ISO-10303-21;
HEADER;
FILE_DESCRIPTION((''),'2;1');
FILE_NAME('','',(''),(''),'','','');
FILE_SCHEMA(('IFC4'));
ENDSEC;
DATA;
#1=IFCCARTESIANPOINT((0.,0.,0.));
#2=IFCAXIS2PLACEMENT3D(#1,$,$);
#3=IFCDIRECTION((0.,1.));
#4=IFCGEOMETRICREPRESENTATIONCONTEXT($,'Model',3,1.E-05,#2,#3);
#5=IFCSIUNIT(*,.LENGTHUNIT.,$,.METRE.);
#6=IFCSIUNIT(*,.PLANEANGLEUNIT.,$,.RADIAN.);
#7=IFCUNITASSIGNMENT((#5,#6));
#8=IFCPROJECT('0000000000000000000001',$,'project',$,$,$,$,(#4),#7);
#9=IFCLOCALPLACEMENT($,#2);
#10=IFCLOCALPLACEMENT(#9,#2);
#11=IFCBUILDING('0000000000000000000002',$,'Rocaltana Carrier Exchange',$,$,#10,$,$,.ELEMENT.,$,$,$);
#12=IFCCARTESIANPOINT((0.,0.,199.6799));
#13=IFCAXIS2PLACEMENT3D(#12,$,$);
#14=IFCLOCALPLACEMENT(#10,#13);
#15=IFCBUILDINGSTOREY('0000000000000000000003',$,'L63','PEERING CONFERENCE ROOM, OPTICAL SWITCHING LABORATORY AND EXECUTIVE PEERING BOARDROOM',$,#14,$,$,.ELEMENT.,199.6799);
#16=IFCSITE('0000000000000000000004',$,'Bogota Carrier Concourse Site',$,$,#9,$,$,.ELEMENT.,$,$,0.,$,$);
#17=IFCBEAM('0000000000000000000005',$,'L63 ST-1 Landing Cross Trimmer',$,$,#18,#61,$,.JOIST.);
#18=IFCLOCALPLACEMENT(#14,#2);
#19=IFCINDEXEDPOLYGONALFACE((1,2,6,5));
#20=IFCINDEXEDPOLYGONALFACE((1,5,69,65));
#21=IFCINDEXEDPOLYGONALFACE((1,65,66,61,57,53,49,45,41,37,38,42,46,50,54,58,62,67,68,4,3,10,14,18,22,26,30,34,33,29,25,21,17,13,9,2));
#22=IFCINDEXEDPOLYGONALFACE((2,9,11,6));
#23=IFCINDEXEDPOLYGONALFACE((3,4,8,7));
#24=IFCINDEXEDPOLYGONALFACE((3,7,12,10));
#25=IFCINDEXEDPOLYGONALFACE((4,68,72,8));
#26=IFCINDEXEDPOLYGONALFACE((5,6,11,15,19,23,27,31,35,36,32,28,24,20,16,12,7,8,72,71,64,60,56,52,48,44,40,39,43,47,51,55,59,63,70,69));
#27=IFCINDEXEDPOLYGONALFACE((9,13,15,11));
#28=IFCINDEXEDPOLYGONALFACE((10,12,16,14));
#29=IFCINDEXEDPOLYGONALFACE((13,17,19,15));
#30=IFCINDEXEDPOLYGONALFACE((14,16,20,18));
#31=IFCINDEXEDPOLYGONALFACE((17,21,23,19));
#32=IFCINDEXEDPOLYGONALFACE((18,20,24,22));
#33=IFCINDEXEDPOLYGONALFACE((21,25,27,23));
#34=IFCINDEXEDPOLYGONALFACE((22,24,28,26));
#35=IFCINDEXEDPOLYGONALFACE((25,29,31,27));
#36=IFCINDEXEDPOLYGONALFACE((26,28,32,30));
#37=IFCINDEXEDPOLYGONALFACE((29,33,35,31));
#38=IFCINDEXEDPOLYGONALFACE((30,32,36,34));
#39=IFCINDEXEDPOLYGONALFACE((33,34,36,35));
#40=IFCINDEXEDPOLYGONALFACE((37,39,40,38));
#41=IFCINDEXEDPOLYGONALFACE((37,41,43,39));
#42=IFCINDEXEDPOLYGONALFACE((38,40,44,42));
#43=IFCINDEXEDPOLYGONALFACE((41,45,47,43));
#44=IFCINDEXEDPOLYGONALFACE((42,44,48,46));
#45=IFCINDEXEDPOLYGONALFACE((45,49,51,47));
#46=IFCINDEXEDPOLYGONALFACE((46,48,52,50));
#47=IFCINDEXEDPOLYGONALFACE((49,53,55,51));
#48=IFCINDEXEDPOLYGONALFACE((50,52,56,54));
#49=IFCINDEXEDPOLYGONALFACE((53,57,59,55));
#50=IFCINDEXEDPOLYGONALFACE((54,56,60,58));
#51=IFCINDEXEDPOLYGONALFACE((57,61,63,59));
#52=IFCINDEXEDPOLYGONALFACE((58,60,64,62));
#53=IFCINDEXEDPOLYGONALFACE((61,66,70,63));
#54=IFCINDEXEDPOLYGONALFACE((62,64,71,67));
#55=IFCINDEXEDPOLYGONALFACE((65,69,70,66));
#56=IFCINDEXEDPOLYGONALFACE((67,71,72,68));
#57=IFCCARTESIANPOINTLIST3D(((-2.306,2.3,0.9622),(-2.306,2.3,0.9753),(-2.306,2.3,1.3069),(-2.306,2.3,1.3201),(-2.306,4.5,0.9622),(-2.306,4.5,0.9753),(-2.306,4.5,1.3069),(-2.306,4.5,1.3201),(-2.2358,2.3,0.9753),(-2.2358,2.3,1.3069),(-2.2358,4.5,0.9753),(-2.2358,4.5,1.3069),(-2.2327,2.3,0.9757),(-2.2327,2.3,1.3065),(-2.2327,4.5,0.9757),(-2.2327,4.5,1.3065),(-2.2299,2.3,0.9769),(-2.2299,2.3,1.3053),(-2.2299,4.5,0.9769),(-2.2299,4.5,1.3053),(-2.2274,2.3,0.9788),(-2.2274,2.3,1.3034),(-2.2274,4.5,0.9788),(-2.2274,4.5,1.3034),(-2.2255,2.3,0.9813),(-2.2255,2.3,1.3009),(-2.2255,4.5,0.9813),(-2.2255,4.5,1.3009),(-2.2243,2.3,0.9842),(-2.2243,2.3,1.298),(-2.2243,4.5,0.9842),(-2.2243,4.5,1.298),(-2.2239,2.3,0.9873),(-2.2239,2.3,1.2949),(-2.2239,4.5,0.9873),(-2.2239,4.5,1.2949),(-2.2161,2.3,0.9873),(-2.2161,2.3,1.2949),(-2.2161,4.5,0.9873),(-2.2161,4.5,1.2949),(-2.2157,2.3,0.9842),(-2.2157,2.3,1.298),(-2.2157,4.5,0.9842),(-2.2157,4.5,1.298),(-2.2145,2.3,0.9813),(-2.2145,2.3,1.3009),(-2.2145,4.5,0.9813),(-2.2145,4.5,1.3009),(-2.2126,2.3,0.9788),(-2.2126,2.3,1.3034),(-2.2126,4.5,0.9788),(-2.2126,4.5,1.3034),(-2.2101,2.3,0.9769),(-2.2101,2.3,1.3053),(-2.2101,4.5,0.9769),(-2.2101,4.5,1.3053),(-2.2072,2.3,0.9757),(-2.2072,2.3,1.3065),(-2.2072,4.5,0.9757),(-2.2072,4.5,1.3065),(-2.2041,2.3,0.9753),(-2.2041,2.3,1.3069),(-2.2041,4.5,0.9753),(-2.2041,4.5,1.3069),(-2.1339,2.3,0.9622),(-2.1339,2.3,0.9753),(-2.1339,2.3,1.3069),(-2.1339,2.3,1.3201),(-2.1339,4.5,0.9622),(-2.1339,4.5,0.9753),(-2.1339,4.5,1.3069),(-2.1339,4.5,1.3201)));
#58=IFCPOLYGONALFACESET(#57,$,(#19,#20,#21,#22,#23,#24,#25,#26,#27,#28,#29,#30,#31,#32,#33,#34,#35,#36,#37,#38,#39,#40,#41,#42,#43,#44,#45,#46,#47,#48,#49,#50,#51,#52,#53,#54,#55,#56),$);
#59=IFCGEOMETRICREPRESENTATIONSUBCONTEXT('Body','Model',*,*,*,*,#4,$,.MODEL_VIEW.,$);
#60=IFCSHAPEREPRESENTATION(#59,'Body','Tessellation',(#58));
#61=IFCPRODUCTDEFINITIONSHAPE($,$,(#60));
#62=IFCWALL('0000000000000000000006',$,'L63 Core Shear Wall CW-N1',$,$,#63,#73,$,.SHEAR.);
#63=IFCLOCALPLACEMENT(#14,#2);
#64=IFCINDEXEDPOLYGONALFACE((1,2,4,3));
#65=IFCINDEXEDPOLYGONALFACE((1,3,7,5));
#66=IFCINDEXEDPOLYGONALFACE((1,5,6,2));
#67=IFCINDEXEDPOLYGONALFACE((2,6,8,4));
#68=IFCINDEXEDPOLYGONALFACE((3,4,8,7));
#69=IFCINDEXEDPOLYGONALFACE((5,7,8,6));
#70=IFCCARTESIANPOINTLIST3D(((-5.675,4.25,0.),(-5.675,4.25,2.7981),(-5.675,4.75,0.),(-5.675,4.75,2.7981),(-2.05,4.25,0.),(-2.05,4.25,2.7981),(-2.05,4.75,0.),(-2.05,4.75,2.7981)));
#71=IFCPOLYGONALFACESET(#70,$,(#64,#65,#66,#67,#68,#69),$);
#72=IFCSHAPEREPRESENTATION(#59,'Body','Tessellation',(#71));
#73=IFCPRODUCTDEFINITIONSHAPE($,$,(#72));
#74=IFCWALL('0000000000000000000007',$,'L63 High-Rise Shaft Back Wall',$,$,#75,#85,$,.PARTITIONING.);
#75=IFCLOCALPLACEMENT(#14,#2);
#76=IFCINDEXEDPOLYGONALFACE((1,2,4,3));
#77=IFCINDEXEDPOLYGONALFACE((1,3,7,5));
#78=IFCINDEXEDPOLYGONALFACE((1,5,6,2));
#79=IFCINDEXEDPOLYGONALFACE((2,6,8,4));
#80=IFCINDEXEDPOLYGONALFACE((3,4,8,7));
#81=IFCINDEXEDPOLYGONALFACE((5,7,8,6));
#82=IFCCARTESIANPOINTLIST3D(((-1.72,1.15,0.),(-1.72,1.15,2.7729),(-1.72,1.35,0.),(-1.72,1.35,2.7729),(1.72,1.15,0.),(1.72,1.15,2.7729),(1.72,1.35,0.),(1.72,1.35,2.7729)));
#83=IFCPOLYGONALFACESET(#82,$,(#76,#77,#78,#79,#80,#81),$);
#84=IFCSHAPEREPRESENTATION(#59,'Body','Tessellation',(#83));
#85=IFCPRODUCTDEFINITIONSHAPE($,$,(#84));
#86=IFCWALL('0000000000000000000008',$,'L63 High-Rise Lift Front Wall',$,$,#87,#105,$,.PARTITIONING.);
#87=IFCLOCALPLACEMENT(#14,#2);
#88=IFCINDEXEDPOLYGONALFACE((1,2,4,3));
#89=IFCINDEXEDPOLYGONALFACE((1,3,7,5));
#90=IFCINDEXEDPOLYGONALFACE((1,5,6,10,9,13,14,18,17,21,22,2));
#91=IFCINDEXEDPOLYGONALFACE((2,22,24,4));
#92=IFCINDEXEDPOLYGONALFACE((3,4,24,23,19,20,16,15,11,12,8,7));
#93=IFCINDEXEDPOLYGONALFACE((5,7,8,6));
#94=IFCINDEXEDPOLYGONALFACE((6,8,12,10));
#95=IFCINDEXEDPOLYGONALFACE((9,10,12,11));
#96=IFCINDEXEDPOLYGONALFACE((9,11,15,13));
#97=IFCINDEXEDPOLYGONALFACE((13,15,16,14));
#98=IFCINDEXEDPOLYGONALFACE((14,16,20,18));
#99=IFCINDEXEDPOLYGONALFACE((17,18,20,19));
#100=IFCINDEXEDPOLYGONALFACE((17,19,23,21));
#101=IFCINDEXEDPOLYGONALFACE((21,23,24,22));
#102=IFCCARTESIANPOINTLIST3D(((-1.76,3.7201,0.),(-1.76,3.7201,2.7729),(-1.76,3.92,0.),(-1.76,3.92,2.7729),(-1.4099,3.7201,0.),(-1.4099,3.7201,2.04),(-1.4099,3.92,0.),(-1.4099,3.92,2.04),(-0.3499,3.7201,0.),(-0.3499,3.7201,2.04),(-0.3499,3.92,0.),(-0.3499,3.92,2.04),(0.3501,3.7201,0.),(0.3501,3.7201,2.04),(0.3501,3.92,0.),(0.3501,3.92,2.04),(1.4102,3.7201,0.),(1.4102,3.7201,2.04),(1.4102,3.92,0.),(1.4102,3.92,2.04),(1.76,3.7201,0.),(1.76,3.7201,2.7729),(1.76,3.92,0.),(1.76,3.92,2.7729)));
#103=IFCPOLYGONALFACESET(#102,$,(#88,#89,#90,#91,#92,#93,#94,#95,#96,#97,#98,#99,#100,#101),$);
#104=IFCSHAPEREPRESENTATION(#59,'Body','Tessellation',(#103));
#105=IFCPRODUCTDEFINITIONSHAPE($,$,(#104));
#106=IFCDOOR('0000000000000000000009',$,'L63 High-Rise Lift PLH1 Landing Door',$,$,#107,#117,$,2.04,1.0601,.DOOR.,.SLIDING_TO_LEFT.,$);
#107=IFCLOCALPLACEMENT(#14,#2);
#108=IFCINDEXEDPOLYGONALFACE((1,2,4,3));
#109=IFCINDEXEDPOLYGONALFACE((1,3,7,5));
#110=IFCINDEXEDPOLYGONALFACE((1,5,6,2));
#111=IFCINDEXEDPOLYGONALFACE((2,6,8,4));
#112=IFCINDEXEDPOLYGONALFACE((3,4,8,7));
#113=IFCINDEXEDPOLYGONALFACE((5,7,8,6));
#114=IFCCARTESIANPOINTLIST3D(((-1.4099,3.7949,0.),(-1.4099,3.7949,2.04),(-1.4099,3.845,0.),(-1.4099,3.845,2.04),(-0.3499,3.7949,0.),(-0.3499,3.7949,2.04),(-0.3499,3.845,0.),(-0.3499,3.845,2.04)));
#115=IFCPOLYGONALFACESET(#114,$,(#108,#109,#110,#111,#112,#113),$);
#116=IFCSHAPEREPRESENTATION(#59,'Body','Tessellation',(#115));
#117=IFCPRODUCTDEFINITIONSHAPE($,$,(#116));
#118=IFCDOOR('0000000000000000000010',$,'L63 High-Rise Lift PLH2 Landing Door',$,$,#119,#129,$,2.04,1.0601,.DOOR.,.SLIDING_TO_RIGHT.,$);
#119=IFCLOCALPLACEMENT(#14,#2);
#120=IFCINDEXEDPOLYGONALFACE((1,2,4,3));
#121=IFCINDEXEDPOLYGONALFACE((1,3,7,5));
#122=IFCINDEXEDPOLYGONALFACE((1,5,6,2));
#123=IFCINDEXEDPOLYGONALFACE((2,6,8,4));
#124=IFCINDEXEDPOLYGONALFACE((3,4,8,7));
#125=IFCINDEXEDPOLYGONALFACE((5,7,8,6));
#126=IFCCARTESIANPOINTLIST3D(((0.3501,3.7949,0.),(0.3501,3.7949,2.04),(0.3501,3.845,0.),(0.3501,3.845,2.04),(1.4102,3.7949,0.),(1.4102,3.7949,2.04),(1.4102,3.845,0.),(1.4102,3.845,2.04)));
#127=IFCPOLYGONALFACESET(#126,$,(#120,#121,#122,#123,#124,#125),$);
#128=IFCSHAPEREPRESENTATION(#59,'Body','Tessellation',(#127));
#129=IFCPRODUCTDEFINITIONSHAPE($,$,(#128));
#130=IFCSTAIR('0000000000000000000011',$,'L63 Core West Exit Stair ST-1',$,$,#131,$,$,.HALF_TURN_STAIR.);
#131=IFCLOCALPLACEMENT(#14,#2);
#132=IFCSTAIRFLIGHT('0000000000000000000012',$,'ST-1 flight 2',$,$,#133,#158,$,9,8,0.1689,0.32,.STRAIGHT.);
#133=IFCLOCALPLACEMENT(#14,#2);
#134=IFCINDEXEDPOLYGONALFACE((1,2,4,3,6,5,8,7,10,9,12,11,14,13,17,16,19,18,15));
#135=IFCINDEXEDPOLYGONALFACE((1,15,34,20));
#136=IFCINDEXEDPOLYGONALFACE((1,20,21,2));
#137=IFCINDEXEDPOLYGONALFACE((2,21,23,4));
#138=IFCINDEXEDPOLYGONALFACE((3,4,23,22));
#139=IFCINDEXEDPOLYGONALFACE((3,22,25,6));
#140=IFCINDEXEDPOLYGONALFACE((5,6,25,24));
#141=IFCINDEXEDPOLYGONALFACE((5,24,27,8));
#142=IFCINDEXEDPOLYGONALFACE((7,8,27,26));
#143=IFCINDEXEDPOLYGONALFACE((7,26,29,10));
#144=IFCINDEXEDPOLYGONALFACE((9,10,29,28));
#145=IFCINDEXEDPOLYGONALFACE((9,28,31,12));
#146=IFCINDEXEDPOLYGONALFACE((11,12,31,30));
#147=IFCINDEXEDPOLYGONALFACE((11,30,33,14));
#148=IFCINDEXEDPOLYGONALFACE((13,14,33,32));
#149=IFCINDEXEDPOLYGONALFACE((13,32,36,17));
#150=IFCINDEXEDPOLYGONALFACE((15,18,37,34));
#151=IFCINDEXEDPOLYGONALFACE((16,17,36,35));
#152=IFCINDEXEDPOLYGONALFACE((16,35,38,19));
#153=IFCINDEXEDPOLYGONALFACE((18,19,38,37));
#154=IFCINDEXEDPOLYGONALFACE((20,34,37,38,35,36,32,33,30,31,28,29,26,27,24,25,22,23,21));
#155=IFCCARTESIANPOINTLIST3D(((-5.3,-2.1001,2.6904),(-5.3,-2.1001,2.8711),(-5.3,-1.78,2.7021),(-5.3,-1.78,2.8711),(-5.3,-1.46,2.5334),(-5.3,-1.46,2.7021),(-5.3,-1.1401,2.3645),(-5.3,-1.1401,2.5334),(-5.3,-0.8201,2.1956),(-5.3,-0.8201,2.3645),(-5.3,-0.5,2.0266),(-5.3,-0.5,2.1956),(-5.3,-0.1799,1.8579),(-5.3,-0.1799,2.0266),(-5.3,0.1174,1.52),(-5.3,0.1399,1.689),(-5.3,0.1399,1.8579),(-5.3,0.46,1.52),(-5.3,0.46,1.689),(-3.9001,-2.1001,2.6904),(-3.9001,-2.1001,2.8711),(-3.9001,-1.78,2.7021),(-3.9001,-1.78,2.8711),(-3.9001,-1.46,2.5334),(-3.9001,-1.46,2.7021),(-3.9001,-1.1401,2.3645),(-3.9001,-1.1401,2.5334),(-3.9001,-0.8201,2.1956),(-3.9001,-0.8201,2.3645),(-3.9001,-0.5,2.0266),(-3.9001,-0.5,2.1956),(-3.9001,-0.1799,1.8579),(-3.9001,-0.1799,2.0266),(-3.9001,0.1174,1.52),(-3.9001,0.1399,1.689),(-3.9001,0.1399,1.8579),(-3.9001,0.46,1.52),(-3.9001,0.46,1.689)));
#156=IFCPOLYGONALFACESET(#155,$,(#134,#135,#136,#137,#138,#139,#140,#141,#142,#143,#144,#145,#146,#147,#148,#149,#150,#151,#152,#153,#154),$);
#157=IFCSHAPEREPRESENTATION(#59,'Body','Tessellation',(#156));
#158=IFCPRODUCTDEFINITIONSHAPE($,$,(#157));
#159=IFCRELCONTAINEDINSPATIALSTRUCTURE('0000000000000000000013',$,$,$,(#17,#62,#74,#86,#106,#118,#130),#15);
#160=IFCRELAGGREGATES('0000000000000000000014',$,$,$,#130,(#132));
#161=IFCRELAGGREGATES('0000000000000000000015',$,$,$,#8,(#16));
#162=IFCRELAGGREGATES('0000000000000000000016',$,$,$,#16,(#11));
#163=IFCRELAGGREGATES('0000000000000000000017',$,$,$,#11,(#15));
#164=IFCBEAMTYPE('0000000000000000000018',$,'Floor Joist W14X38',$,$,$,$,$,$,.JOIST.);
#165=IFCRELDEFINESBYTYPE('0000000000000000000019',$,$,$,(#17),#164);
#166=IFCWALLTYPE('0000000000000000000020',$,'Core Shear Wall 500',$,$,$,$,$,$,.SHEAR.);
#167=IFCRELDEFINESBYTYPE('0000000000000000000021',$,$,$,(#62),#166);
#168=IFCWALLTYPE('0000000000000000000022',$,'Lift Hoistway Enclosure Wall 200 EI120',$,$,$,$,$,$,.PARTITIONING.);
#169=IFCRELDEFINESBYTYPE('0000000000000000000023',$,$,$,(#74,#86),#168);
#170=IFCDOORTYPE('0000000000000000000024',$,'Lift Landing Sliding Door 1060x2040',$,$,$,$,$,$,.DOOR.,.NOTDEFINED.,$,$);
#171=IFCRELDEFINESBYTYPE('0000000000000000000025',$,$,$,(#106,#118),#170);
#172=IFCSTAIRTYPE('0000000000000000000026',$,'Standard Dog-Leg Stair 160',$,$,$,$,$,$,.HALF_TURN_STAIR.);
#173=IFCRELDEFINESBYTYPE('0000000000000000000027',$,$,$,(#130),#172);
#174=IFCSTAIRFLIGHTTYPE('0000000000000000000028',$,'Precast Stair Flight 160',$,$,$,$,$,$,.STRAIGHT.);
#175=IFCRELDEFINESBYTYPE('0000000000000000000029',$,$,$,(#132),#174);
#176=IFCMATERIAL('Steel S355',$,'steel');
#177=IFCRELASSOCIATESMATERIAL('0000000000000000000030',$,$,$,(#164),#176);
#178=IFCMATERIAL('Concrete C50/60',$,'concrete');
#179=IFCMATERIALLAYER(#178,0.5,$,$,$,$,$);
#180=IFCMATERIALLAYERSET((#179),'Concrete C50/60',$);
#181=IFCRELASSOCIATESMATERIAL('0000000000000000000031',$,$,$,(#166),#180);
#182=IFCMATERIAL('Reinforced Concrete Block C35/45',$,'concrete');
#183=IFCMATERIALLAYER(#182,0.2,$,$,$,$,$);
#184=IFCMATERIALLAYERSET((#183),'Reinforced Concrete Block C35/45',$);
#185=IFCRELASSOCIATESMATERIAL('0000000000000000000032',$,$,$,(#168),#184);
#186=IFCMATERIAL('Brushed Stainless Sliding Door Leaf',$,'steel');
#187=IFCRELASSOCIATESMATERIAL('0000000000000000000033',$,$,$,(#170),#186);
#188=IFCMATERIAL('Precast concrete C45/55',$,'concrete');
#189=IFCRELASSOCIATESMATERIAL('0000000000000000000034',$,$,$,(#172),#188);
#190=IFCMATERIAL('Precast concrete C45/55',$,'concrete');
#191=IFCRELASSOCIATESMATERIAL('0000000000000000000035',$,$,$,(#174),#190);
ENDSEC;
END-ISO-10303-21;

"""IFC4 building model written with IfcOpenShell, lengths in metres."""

from ifc_helpers import new_model, si_unit, direction, frame, frame_2d, origin, origin_2d, place, context, subcontext, project, spatial, polyline, rectangle, i_section, outline, extrude, material, layer, layer_set, material_profile, profile_set, type_object, element, fill, aggregate, save


model = new_model("IFC4")

# Units and contexts
model_context = context("Model", 3, precision=1e-05, world=origin(), true_north=direction((0.0, 1.0)))
body_context = subcontext(model_context, "Body", "Model", "MODEL_VIEW")
ifc_project = project(units=[si_unit("LENGTHUNIT", "METRE"), si_unit("PLANEANGLEUNIT", "RADIAN")], contexts=[model_context])

# Site, building, storey
site_placement = place(None, origin())
site = spatial("IfcSite", under=ifc_project, at=site_placement, Name="Bogota Carrier Concourse Site", CompositionType="ELEMENT", RefElevation=0.0)
building_placement = place(site_placement, origin())
building = spatial("IfcBuilding", under=site, at=building_placement, Name="Rocaltana Carrier Exchange", CompositionType="ELEMENT")
storey_placement = place(building_placement, frame((0.0, 0.0, 199.6799)))
storey = spatial("IfcBuildingStorey", under=building, at=storey_placement, Name="L63", Description="PEERING CONFERENCE ROOM, OPTICAL SWITCHING LABORATORY AND EXECUTIVE PEERING BOARDROOM", CompositionType="ELEMENT", Elevation=199.6799)

# Beam
ifc_material_1 = material(Name="Steel S355", Category="steel")
ifc_material_profile = material_profile(ifc_material_1, i_section(OverallWidth=0.1721, OverallDepth=0.3579, WebThickness=0.0078, FlangeThickness=0.0132, FilletRadius=0.012, at=origin_2d()), Name="W14X38")
ifc_profile_set = profile_set([ifc_material_profile], Name="Steel S355")
beam_type = type_object("IfcBeamType", Name="Floor Joist W14X38", PredefinedType="JOIST", material=ifc_profile_set)
beam_placement = place(storey_placement, frame((-2.22, 2.3, 1.1411), z_axis=(0.0, 1.0, 0.0), x_axis=(-1.0, 0.0, 0.0)))
element("IfcBeam", 1, at=beam_placement, inside=storey, type_object=beam_type, Name="L63 ST-1 Landing Cross Trimmer", PredefinedType="JOIST", context=body_context, shape_type="SweptSolid", body=[
    extrude(i_section(OverallWidth=0.1721, OverallDepth=0.3579, WebThickness=0.0078, FlangeThickness=0.0132, FilletRadius=0.012, at=origin_2d()), origin(), (0.0, 0.0, 1.0), 2.2),
])

# Walls
ifc_material_2 = material(Name="Concrete C50/60", Category="concrete")
ifc_layer_1 = layer(ifc_material_2, 0.5)
ifc_layer_set_1 = layer_set([ifc_layer_1], Name="Concrete C50/60")
wall_type_1 = type_object("IfcWallType", Name="Core Shear Wall 500", PredefinedType="SHEAR", material=ifc_layer_set_1)
wall_1_placement = place(storey_placement, frame((-5.675, 4.5, 0.0), z_axis=(0.0, 0.0, 1.0), x_axis=(1.0, 0.0, 0.0)))
element("IfcWall", 2, at=wall_1_placement, inside=storey, type_object=wall_type_1, Name="L63 Core Shear Wall CW-N1", PredefinedType="SHEAR", context=body_context, shape_type="SweptSolid", body=[
    extrude(rectangle(XDim=3.625, YDim=0.5, at=frame_2d((1.8125, 0.0))), origin(), (0.0, 0.0, 1.0), 2.7981),
])
ifc_material_3 = material(Name="Reinforced Concrete Block C35/45", Category="concrete")
ifc_layer_2 = layer(ifc_material_3, 0.2)
ifc_layer_set_2 = layer_set([ifc_layer_2], Name="Reinforced Concrete Block C35/45")
wall_type_2 = type_object("IfcWallType", Name="Lift Hoistway Enclosure Wall 200 EI120", PredefinedType="PARTITIONING", material=ifc_layer_set_2)
wall_2_placement = place(storey_placement, frame((-1.72, 1.25, 0.0), z_axis=(0.0, 0.0, 1.0), x_axis=(1.0, 0.0, 0.0)))
element("IfcWall", 3, at=wall_2_placement, inside=storey, type_object=wall_type_2, Name="L63 High-Rise Shaft Back Wall", PredefinedType="PARTITIONING", context=body_context, shape_type="SweptSolid", body=[
    extrude(rectangle(XDim=3.4399, YDim=0.2, at=frame_2d((1.72, 0.0))), origin(), (0.0, 0.0, 1.0), 2.7729),
])

# Wall, openings, doors
wall_3_placement = place(storey_placement, frame((-1.76, 3.8201, 0.0), z_axis=(0.0, 0.0, 1.0), x_axis=(1.0, 0.0, 0.0)))
wall_3 = element("IfcWall", 4, at=wall_3_placement, inside=storey, type_object=wall_type_2, Name="L63 High-Rise Lift Front Wall", PredefinedType="PARTITIONING", context=body_context, shape_type="SweptSolid", body=[
    extrude(rectangle(XDim=3.52, YDim=0.2, at=frame_2d((1.76, 0.0))), origin(), (0.0, 0.0, 1.0), 2.7729),
])
opening_1_placement = place(wall_3_placement, frame((0.3501, 0.0, 0.0)))
opening_1 = element("IfcOpeningElement", 5, at=opening_1_placement, cuts=wall_3, PredefinedType="OPENING", context=body_context, shape_type="SweptSolid", body=[
    extrude(rectangle(XDim=1.0601, YDim=2.04, at=frame_2d((0.53, 1.02))), frame((0.0, 0.1099, 0.0), z_axis=(0.0, -1.0, 0.0), x_axis=(1.0, 0.0, 0.0)), (0.0, 0.0, 1.0), 0.22),
])
opening_2_placement = place(wall_3_placement, frame((2.1101, 0.0, 0.0)))
opening_2 = element("IfcOpeningElement", 6, at=opening_2_placement, cuts=wall_3, PredefinedType="OPENING", context=body_context, shape_type="SweptSolid", body=[
    extrude(rectangle(XDim=1.0601, YDim=2.04, at=frame_2d((0.53, 1.02))), frame((0.0, 0.1099, 0.0), z_axis=(0.0, -1.0, 0.0), x_axis=(1.0, 0.0, 0.0)), (0.0, 0.0, 1.0), 0.22),
])
ifc_material_4 = material(Name="Brushed Stainless Sliding Door Leaf", Category="steel")
door_type = type_object("IfcDoorType", Name="Lift Landing Sliding Door 1060x2040", OperationType="NOTDEFINED", PredefinedType="DOOR", material=ifc_material_4)
door_1_placement = place(opening_1_placement, origin())
door_1 = element("IfcDoor", 7, at=door_1_placement, inside=storey, type_object=door_type, Name="L63 High-Rise Lift PLH1 Landing Door", OperationType="SLIDING_TO_LEFT", OverallHeight=2.04, OverallWidth=1.0601, PredefinedType="DOOR", context=body_context, shape_type="SweptSolid", body=[
    extrude(rectangle(XDim=1.0601, YDim=2.04, at=frame_2d((0.53, 1.02))), frame((0.0, 0.0249, 0.0), z_axis=(0.0, -1.0, 0.0), x_axis=(1.0, 0.0, 0.0)), (0.0, 0.0, 1.0), 0.05),
])
fill(opening_1, door_1)
door_2_placement = place(opening_2_placement, origin())
door_2 = element("IfcDoor", 8, at=door_2_placement, inside=storey, type_object=door_type, Name="L63 High-Rise Lift PLH2 Landing Door", OperationType="SLIDING_TO_RIGHT", OverallHeight=2.04, OverallWidth=1.0601, PredefinedType="DOOR", context=body_context, shape_type="SweptSolid", body=[
    extrude(rectangle(XDim=1.0601, YDim=2.04, at=frame_2d((0.53, 1.02))), frame((0.0, 0.0249, 0.0), z_axis=(0.0, -1.0, 0.0), x_axis=(1.0, 0.0, 0.0)), (0.0, 0.0, 1.0), 0.05),
])
fill(opening_2, door_2)

# Stair, stair flight
ifc_material_5 = material(Name="Precast concrete C45/55", Category="concrete")
stair_type = type_object("IfcStairType", Name="Standard Dog-Leg Stair 160", PredefinedType="HALF_TURN_STAIR", material=ifc_material_5)
stair_placement = place(storey_placement, origin())
stair = element("IfcStair", 9, at=stair_placement, inside=storey, type_object=stair_type, Name="L63 Core West Exit Stair ST-1", PredefinedType="HALF_TURN_STAIR")
ifc_material_6 = material(Name="Precast concrete C45/55", Category="concrete")
stair_flight_type = type_object("IfcStairFlightType", Name="Precast Stair Flight 160", PredefinedType="STRAIGHT", material=ifc_material_6)
stair_flight_placement = place(storey_placement, frame((-4.6001, 0.46, 1.52), z_axis=(0.0, 0.0, 1.0), x_axis=(0.0, -1.0, 0.0)))
stair_flight = element("IfcStairFlight", 10, at=stair_flight_placement, type_object=stair_flight_type, Name="ST-1 flight 2", NumberOfRisers=9, NumberOfTreads=8, PredefinedType="STRAIGHT", RiserHeight=0.1689, TreadLength=0.32, context=body_context, shape_type="SweptSolid", body=[
    extrude(outline(polyline([(0.0, 0.0), (0.0, 0.1689), (0.3201, 0.1689), (0.3201, 0.3379), (0.6399, 0.3379), (0.6399, 0.5066), (0.96, 0.5066), (0.96, 0.6755), (1.28, 0.6755), (1.28, 0.8445), (1.6001, 0.8445), (1.6001, 1.0134), (1.9199, 1.0134), (1.9199, 1.1821), (2.24, 1.1821), (2.24, 1.3511), (2.5601, 1.3511), (2.5601, 1.52), (2.5601, 1.1704), (0.3425, 0.0), (0.0, 0.0)])), frame((0.0, 0.7, 0.0), z_axis=(0.0, -1.0, 0.0), x_axis=(1.0, 0.0, 0.0)), (0.0, 0.0, 1.0), 1.3999),
])
aggregate(stair, [stair_flight])

save(model, "model.ifc")
